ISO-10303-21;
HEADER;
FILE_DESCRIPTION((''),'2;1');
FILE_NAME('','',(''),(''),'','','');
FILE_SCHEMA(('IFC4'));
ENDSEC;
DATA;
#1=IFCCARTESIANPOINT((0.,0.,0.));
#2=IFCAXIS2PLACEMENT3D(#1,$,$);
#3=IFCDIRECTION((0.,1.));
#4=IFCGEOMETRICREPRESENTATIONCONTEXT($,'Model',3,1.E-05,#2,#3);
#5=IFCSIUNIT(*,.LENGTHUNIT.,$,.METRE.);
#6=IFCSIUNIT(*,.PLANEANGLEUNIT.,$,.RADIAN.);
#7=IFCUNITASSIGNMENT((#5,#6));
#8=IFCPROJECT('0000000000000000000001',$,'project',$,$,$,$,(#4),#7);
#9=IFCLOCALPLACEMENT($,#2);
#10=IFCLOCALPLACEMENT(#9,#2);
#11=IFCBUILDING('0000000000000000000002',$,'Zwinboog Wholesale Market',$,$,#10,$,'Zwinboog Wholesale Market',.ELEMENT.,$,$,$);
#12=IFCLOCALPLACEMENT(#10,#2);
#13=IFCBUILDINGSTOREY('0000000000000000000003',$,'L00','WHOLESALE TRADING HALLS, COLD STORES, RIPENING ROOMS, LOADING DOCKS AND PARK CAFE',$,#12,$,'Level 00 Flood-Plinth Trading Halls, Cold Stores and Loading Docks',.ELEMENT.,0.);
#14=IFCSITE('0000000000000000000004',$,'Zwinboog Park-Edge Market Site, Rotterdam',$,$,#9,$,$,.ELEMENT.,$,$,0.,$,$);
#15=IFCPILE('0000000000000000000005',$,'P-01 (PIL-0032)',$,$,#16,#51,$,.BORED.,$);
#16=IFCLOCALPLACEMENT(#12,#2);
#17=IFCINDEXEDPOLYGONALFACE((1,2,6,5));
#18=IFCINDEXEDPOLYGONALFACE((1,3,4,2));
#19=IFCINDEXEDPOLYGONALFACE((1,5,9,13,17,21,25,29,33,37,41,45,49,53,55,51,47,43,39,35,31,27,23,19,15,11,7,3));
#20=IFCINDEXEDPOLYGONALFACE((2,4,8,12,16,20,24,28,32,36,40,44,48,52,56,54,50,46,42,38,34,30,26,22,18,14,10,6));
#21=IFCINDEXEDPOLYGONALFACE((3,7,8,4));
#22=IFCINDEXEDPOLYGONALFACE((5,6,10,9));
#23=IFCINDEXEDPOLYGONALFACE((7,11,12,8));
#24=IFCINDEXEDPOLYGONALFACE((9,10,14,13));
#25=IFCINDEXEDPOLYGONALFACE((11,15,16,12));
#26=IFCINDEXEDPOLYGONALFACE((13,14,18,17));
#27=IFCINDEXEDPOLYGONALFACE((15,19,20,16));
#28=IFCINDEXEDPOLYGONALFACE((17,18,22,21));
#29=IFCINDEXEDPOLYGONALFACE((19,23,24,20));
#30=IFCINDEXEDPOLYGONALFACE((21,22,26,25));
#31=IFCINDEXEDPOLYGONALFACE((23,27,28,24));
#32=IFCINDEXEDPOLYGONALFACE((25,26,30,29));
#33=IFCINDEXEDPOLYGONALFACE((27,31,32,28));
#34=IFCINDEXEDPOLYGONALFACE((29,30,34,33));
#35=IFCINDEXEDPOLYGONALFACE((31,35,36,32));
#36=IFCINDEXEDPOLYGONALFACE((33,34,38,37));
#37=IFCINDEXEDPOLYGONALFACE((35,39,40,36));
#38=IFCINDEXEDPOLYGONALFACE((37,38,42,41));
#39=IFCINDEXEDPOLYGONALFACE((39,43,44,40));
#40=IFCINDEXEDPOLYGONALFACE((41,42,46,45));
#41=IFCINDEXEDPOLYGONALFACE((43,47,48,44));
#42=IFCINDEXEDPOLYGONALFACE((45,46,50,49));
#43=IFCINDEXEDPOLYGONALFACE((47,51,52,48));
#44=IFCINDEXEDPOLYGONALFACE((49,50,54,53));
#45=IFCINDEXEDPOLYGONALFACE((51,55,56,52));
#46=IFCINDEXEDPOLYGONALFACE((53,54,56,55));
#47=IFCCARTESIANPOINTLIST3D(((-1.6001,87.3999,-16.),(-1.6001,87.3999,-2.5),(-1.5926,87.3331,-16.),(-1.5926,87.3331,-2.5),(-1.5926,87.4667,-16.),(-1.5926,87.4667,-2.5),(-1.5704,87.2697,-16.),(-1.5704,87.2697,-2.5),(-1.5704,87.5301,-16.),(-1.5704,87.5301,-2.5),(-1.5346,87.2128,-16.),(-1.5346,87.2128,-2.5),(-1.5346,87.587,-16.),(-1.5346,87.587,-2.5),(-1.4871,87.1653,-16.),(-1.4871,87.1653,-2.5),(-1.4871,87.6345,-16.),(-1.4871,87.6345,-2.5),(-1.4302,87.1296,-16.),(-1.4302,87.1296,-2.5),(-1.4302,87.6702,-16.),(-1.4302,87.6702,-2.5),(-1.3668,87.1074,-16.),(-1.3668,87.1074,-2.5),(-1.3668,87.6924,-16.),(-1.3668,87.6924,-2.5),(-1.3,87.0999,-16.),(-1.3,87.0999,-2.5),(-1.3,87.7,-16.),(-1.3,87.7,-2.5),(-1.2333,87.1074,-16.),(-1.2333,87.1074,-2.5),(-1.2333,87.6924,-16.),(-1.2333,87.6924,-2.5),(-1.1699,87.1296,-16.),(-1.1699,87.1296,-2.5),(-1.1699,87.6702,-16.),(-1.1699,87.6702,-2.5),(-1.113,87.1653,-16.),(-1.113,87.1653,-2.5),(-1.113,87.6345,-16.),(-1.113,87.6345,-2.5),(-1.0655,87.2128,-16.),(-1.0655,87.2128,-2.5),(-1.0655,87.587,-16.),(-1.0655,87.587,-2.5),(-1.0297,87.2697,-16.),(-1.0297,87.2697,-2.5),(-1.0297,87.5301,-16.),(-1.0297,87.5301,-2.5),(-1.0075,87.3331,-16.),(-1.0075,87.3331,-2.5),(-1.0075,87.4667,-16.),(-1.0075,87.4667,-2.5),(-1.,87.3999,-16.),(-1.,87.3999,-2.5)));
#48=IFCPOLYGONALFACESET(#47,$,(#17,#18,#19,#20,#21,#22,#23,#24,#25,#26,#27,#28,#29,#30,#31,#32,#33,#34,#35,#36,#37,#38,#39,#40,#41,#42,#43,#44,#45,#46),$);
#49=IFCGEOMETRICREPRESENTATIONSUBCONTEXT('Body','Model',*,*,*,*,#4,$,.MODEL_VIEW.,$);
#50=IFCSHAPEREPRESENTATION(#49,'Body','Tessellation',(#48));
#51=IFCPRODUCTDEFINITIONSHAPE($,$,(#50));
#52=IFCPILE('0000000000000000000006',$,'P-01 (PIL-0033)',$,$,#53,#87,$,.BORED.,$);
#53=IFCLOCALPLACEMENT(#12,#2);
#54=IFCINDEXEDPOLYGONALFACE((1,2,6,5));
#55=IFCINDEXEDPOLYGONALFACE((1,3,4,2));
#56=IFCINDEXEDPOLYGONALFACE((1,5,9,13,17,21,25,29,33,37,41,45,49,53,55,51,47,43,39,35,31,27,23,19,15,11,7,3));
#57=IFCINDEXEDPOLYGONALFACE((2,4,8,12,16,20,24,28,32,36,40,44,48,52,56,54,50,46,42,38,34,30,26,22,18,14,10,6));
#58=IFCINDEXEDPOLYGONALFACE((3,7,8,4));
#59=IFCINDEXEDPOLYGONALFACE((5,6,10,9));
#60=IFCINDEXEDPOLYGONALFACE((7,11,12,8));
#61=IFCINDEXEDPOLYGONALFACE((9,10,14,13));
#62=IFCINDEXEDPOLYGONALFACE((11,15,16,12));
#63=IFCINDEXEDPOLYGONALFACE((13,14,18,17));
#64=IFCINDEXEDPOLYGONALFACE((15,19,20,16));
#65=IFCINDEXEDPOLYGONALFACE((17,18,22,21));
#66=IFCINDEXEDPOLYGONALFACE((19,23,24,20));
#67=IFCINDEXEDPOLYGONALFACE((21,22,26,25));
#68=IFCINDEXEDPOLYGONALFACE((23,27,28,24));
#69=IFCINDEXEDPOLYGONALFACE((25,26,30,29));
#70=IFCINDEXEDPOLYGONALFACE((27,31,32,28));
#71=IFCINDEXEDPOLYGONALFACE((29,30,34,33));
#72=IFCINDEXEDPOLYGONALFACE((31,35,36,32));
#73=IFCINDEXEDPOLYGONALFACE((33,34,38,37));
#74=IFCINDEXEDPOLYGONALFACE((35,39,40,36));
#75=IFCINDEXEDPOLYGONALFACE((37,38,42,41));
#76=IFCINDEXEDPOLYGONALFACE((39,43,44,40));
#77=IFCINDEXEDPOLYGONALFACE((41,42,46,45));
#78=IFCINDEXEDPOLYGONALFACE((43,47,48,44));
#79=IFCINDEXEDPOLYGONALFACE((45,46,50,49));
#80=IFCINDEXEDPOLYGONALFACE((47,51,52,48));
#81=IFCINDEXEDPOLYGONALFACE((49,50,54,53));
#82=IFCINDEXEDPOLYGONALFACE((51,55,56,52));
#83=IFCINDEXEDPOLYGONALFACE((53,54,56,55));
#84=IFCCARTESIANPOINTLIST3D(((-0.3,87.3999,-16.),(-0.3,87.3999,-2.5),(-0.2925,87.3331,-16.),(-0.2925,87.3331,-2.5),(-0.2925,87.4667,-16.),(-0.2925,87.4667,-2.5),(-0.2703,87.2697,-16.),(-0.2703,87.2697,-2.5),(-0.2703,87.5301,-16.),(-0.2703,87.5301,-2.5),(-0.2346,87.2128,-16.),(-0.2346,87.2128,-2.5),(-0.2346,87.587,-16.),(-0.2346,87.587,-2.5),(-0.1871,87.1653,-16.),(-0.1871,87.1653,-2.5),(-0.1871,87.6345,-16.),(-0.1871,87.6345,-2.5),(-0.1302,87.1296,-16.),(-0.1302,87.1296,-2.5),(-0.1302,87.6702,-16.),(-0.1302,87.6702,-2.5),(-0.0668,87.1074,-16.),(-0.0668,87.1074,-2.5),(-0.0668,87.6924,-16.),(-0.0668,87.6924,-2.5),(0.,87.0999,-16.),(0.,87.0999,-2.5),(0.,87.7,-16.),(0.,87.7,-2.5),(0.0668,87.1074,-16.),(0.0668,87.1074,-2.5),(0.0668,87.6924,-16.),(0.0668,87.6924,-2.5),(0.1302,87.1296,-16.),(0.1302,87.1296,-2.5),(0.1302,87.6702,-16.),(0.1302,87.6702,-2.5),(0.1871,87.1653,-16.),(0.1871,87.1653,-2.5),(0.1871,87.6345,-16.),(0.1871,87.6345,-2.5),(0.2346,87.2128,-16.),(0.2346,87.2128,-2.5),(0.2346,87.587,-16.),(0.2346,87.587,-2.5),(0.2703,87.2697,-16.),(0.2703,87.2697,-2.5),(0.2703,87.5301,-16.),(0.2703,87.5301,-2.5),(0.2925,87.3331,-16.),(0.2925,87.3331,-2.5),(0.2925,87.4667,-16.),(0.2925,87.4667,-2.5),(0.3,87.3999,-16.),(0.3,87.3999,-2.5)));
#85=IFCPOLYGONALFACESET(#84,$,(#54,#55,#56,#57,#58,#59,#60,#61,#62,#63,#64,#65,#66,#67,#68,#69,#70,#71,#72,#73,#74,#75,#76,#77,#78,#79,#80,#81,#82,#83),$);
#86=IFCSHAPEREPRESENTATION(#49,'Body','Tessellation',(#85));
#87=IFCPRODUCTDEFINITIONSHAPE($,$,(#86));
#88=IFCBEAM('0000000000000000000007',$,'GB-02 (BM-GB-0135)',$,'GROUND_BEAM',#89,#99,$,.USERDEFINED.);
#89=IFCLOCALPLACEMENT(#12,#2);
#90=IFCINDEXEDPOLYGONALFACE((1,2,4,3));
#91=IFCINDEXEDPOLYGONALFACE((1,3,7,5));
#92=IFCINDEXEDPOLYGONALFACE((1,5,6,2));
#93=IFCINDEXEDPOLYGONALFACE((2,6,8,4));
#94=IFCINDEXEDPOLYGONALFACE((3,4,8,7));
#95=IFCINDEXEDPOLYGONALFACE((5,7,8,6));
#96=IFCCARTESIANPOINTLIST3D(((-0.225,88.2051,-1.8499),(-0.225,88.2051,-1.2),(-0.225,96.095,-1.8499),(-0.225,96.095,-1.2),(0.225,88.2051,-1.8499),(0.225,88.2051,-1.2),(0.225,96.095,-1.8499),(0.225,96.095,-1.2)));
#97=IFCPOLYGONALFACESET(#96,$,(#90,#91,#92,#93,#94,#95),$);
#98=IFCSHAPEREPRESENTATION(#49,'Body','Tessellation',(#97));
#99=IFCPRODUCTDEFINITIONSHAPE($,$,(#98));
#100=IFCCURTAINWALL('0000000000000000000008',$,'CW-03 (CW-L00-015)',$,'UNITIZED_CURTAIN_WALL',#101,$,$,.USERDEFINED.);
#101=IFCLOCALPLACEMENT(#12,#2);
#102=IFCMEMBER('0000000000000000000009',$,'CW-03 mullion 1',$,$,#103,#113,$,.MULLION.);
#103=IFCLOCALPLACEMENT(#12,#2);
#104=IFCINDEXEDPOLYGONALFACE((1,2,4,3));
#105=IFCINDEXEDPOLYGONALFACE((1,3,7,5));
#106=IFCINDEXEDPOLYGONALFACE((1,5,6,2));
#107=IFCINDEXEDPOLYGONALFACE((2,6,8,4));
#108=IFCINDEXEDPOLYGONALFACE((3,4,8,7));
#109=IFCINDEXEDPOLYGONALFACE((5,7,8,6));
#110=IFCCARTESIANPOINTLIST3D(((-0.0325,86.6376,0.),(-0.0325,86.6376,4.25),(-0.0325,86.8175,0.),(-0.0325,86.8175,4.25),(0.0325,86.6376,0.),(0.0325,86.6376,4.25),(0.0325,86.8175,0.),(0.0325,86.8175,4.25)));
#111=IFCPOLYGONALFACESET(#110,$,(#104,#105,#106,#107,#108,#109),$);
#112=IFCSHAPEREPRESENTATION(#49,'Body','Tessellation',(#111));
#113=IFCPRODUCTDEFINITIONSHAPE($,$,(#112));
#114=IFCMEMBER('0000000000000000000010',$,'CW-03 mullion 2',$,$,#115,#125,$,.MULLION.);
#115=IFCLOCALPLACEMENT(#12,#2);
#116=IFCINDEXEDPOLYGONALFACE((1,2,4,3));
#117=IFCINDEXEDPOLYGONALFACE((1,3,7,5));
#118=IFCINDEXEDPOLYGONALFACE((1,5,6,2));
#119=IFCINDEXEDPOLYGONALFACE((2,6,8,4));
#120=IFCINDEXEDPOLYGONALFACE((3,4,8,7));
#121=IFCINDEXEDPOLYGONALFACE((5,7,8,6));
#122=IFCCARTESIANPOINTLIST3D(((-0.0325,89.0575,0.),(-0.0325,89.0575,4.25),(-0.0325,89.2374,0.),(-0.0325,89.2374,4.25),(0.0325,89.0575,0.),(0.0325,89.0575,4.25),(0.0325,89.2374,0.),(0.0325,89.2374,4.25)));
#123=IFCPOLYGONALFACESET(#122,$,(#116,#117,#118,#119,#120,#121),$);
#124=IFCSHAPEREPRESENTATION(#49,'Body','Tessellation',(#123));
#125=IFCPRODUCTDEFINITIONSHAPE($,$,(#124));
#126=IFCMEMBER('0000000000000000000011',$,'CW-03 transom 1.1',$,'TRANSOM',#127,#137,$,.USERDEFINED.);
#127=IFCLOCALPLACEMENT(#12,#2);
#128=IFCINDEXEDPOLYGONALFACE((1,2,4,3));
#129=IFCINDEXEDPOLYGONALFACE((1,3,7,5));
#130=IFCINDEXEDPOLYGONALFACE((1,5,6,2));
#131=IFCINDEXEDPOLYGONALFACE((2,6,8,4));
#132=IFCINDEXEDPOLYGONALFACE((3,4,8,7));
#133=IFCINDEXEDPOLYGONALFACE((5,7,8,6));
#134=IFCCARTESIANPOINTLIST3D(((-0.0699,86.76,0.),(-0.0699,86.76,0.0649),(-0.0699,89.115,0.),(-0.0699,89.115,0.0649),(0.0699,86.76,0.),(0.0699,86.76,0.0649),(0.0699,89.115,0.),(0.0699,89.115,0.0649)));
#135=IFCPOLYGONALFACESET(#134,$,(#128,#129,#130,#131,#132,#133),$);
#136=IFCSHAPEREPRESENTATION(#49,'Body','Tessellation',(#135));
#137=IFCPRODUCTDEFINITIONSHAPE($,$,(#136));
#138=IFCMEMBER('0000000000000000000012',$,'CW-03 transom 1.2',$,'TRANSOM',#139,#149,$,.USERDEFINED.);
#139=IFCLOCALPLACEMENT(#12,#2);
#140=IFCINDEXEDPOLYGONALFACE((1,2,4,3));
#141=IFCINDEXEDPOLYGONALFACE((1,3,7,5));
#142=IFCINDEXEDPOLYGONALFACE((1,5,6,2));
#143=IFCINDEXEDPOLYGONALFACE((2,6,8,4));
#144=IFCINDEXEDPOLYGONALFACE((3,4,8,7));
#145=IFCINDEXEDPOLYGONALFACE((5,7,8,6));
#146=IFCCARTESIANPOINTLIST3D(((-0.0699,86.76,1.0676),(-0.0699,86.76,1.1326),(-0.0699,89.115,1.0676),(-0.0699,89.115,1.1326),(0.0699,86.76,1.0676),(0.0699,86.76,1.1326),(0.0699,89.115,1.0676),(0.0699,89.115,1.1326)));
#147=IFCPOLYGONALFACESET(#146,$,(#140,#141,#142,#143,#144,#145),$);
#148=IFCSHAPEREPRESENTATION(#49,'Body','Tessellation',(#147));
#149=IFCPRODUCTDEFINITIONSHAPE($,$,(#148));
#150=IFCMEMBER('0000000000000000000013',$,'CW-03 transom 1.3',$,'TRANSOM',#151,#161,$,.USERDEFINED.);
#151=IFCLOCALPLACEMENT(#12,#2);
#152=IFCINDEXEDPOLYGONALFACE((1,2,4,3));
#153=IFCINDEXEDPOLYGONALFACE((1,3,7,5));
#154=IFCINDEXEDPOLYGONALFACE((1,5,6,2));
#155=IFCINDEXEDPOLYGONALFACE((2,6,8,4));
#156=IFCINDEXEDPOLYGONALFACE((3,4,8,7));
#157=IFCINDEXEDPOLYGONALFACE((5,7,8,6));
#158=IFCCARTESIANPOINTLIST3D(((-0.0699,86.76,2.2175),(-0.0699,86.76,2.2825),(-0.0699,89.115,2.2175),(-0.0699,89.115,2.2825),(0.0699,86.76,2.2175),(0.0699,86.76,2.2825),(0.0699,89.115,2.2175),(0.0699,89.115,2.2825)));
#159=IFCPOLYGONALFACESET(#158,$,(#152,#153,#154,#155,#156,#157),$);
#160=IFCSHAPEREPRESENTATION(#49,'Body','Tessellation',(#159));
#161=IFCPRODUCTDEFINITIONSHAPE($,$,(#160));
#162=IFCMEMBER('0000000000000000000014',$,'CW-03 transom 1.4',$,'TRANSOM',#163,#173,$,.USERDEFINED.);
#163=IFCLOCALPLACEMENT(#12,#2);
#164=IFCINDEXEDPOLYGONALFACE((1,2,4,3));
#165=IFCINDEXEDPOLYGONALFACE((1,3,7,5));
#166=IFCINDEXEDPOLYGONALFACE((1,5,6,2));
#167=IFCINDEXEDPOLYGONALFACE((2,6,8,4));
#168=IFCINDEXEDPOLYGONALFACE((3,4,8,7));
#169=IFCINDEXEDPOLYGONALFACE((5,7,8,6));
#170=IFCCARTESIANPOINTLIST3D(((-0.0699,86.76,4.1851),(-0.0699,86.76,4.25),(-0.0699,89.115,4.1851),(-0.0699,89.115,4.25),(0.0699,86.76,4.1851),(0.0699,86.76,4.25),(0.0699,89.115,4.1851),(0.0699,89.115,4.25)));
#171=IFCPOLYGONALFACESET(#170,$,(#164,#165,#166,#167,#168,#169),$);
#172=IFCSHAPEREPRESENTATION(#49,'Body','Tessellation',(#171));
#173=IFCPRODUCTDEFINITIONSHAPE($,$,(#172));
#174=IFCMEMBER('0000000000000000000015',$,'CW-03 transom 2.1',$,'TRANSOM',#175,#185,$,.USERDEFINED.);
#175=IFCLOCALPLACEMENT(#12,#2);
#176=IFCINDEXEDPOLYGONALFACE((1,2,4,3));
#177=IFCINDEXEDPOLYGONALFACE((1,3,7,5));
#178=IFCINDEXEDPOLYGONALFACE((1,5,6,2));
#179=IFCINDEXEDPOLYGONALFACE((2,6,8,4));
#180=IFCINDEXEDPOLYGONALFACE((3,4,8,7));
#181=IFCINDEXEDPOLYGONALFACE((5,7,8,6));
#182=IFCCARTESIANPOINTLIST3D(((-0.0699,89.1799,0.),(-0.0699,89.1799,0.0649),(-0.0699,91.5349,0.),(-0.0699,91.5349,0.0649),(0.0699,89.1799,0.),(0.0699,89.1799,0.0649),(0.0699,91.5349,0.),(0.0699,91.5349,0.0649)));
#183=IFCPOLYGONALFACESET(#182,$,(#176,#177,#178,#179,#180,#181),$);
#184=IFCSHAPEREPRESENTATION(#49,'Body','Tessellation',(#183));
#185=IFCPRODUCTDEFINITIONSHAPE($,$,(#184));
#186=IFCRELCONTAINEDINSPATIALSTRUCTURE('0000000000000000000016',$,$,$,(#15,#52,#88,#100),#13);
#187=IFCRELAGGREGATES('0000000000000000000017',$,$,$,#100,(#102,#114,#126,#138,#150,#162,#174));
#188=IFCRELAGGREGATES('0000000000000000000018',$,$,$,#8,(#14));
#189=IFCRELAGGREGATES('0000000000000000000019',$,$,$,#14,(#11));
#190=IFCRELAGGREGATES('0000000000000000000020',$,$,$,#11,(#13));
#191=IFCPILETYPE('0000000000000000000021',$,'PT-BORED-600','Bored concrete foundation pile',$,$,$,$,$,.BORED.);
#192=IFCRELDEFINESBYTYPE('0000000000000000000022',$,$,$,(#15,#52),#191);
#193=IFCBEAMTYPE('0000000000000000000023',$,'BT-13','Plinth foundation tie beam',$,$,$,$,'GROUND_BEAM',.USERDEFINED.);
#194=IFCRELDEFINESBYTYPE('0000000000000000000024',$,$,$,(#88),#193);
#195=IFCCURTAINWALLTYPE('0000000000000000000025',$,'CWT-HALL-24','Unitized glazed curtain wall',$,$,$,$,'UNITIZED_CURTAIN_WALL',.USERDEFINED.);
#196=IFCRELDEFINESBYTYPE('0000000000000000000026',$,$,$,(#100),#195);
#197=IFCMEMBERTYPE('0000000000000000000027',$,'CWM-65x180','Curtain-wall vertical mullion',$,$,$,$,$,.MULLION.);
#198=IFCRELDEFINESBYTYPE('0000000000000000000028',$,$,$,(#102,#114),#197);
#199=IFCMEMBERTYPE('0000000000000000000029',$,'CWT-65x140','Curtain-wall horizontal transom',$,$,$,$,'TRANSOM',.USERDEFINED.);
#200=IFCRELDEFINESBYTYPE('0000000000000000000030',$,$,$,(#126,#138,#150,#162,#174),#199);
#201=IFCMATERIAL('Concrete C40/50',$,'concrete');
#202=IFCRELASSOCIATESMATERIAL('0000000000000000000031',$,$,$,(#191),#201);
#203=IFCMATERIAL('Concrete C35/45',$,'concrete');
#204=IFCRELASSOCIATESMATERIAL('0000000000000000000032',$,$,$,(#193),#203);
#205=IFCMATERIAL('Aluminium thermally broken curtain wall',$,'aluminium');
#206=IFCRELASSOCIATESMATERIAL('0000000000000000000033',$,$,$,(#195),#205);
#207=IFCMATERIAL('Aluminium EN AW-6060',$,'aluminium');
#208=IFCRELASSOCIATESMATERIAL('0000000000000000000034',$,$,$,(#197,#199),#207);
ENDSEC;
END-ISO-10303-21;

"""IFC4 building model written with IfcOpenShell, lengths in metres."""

from ifc_helpers import new_model, si_unit, direction, frame, origin, origin_2d, place, context, subcontext, project, spatial, rectangle, circle, extrude, material, material_profile, profile_set, type_object, element, aggregate, save


model = new_model("IFC4")

# Units and contexts
model_context = context("Model", 3, precision=1e-05, world=origin(), true_north=direction((0.0, 1.0)))
body_context = subcontext(model_context, "Body", "Model", "MODEL_VIEW")
ifc_project = project(units=[si_unit("LENGTHUNIT", "METRE"), si_unit("PLANEANGLEUNIT", "RADIAN")], contexts=[model_context])

# Site, building, storey
site_placement = place(None, origin())
site = spatial("IfcSite", under=ifc_project, at=site_placement, Name="Zwinboog Park-Edge Market Site, Rotterdam", CompositionType="ELEMENT", RefElevation=0.0)
building_placement = place(site_placement, origin())
building = spatial("IfcBuilding", under=site, at=building_placement, Name="Zwinboog Wholesale Market", LongName="Zwinboog Wholesale Market", CompositionType="ELEMENT")
storey_placement = place(building_placement, origin())
storey = spatial("IfcBuildingStorey", under=building, at=storey_placement, Name="L00", Description="WHOLESALE TRADING HALLS, COLD STORES, RIPENING ROOMS, LOADING DOCKS AND PARK CAFE", LongName="Level 00 Flood-Plinth Trading Halls, Cold Stores and Loading Docks", CompositionType="ELEMENT", Elevation=0.0)

# Piles
ifc_material_1 = material(Name="Concrete C40/50", Category="concrete")
ifc_material_profile_1 = material_profile(ifc_material_1, circle(Radius=0.3, at=origin_2d()), Name="PILE D600")
ifc_profile_set_1 = profile_set([ifc_material_profile_1], Name="Concrete C40/50")
pile_type = type_object("IfcPileType", Name="PT-BORED-600", Description="Bored concrete foundation pile", PredefinedType="BORED", material=ifc_profile_set_1)
for number, where, z_axis, x_axis, name in (
    (1, (-1.3, 87.3999, -2.5), (0.0, 0.0, -1.0), (1.0, 0.0, 0.0), "P-01 (PIL-0032)"),
    (2, (0.0, 87.3999, -2.5), (0.0, 0.0, -1.0), (1.0, 0.0, 0.0), "P-01 (PIL-0033)"),
):
    element("IfcPile", number, at=place(storey_placement, frame(where, z_axis=z_axis, x_axis=x_axis)), inside=storey, type_object=pile_type, Name=name, PredefinedType="BORED", context=body_context, shape_type="SweptSolid", body=[
        extrude(circle(Radius=0.3, at=origin_2d()), origin(), (0.0, 0.0, 1.0), 13.5),
    ])

# Beam
ifc_material_2 = material(Name="Concrete C35/45", Category="concrete")
ifc_material_profile_2 = material_profile(ifc_material_2, rectangle(XDim=0.45, YDim=0.6499, at=origin_2d()), Name="RC 450x650")
ifc_profile_set_2 = profile_set([ifc_material_profile_2], Name="Concrete C35/45")
beam_type = type_object("IfcBeamType", Name="BT-13", Description="Plinth foundation tie beam", ElementType="GROUND_BEAM", PredefinedType="USERDEFINED", material=ifc_profile_set_2)
beam_placement = place(storey_placement, frame((0.0, 88.2051, -1.5249), z_axis=(0.0, 1.0, 0.0), x_axis=(-1.0, 0.0, 0.0)))
element("IfcBeam", 3, at=beam_placement, inside=storey, type_object=beam_type, Name="GB-02 (BM-GB-0135)", ObjectType="GROUND_BEAM", PredefinedType="USERDEFINED", context=body_context, shape_type="SweptSolid", body=[
    extrude(rectangle(XDim=0.45, YDim=0.6499, at=origin_2d()), origin(), (0.0, 0.0, 1.0), 7.8899),
])

# Curtain wall, members
ifc_material_3 = material(Name="Aluminium thermally broken curtain wall", Category="aluminium")
curtain_wall_type = type_object("IfcCurtainWallType", Name="CWT-HALL-24", Description="Unitized glazed curtain wall", ElementType="UNITIZED_CURTAIN_WALL", PredefinedType="USERDEFINED", material=ifc_material_3)
curtain_wall_placement = place(storey_placement, origin())
curtain_wall = element("IfcCurtainWall", 4, at=curtain_wall_placement, inside=storey, type_object=curtain_wall_type, Name="CW-03 (CW-L00-015)", ObjectType="UNITIZED_CURTAIN_WALL", PredefinedType="USERDEFINED")
ifc_material_4 = material(Name="Aluminium EN AW-6060", Category="aluminium")
ifc_material_profile_3 = material_profile(ifc_material_4, rectangle(XDim=0.0649, YDim=0.1799, at=origin_2d()), Name="AL 65x180")
ifc_profile_set_3 = profile_set([ifc_material_profile_3], Name="Aluminium EN AW-6060")
member_type_1 = type_object("IfcMemberType", Name="CWM-65x180", Description="Curtain-wall vertical mullion", PredefinedType="MULLION", material=ifc_profile_set_3)
member_1_placement = place(storey_placement, frame((0.0, 86.7275, 0.0), z_axis=(0.0, 0.0, 1.0), x_axis=(-1.0, 0.0, 0.0)))
member_1 = element("IfcMember", 5, at=member_1_placement, type_object=member_type_1, Name="CW-03 mullion 1", PredefinedType="MULLION", context=body_context, shape_type="SweptSolid", body=[
    extrude(rectangle(XDim=0.0649, YDim=0.1799, at=origin_2d()), origin(), (0.0, 0.0, 1.0), 4.25),
])
member_2_placement = place(storey_placement, frame((0.0, 89.1475, 0.0), z_axis=(0.0, 0.0, 1.0), x_axis=(-1.0, 0.0, 0.0)))
member_2 = element("IfcMember", 6, at=member_2_placement, type_object=member_type_1, Name="CW-03 mullion 2", PredefinedType="MULLION", context=body_context, shape_type="SweptSolid", body=[
    extrude(rectangle(XDim=0.0649, YDim=0.1799, at=origin_2d()), origin(), (0.0, 0.0, 1.0), 4.25),
])
ifc_material_profile_4 = material_profile(ifc_material_4, rectangle(XDim=0.1399, YDim=0.0649, at=origin_2d()), Name="AL 65x140")
ifc_profile_set_4 = profile_set([ifc_material_profile_4], Name="Aluminium EN AW-6060")
member_type_2 = type_object("IfcMemberType", Name="CWT-65x140", Description="Curtain-wall horizontal transom", ElementType="TRANSOM", PredefinedType="USERDEFINED", material=ifc_profile_set_4)
member_3_placement = place(storey_placement, frame((0.0, 86.76, 0.0325), z_axis=(0.0, 1.0, 0.0), x_axis=(-1.0, 0.0, 0.0)))
member_3 = element("IfcMember", 7, at=member_3_placement, type_object=member_type_2, Name="CW-03 transom 1.1", ObjectType="TRANSOM", PredefinedType="USERDEFINED", context=body_context, shape_type="SweptSolid", body=[
    extrude(rectangle(XDim=0.1399, YDim=0.0649, at=origin_2d()), origin(), (0.0, 0.0, 1.0), 2.355),
])
member_4_placement = place(storey_placement, frame((0.0, 86.76, 1.1001), z_axis=(0.0, 1.0, 0.0), x_axis=(-1.0, 0.0, 0.0)))
member_4 = element("IfcMember", 8, at=member_4_placement, type_object=member_type_2, Name="CW-03 transom 1.2", ObjectType="TRANSOM", PredefinedType="USERDEFINED", context=body_context, shape_type="SweptSolid", body=[
    extrude(rectangle(XDim=0.1399, YDim=0.0649, at=origin_2d()), origin(), (0.0, 0.0, 1.0), 2.355),
])
member_5_placement = place(storey_placement, frame((0.0, 86.76, 2.25), z_axis=(0.0, 1.0, 0.0), x_axis=(-1.0, 0.0, 0.0)))
member_5 = element("IfcMember", 9, at=member_5_placement, type_object=member_type_2, Name="CW-03 transom 1.3", ObjectType="TRANSOM", PredefinedType="USERDEFINED", context=body_context, shape_type="SweptSolid", body=[
    extrude(rectangle(XDim=0.1399, YDim=0.0649, at=origin_2d()), origin(), (0.0, 0.0, 1.0), 2.355),
])
member_6_placement = place(storey_placement, frame((0.0, 86.76, 4.2175), z_axis=(0.0, 1.0, 0.0), x_axis=(-1.0, 0.0, 0.0)))
member_6 = element("IfcMember", 10, at=member_6_placement, type_object=member_type_2, Name="CW-03 transom 1.4", ObjectType="TRANSOM", PredefinedType="USERDEFINED", context=body_context, shape_type="SweptSolid", body=[
    extrude(rectangle(XDim=0.1399, YDim=0.0649, at=origin_2d()), origin(), (0.0, 0.0, 1.0), 2.355),
])
member_7_placement = place(storey_placement, frame((0.0, 89.1799, 0.0325), z_axis=(0.0, 1.0, 0.0), x_axis=(-1.0, 0.0, 0.0)))
member_7 = element("IfcMember", 11, at=member_7_placement, type_object=member_type_2, Name="CW-03 transom 2.1", ObjectType="TRANSOM", PredefinedType="USERDEFINED", context=body_context, shape_type="SweptSolid", body=[
    extrude(rectangle(XDim=0.1399, YDim=0.0649, at=origin_2d()), origin(), (0.0, 0.0, 1.0), 2.355),
])
aggregate(curtain_wall, [member_1, member_2, member_3, member_4, member_5, member_6, member_7])

save(model, "model.ifc")
